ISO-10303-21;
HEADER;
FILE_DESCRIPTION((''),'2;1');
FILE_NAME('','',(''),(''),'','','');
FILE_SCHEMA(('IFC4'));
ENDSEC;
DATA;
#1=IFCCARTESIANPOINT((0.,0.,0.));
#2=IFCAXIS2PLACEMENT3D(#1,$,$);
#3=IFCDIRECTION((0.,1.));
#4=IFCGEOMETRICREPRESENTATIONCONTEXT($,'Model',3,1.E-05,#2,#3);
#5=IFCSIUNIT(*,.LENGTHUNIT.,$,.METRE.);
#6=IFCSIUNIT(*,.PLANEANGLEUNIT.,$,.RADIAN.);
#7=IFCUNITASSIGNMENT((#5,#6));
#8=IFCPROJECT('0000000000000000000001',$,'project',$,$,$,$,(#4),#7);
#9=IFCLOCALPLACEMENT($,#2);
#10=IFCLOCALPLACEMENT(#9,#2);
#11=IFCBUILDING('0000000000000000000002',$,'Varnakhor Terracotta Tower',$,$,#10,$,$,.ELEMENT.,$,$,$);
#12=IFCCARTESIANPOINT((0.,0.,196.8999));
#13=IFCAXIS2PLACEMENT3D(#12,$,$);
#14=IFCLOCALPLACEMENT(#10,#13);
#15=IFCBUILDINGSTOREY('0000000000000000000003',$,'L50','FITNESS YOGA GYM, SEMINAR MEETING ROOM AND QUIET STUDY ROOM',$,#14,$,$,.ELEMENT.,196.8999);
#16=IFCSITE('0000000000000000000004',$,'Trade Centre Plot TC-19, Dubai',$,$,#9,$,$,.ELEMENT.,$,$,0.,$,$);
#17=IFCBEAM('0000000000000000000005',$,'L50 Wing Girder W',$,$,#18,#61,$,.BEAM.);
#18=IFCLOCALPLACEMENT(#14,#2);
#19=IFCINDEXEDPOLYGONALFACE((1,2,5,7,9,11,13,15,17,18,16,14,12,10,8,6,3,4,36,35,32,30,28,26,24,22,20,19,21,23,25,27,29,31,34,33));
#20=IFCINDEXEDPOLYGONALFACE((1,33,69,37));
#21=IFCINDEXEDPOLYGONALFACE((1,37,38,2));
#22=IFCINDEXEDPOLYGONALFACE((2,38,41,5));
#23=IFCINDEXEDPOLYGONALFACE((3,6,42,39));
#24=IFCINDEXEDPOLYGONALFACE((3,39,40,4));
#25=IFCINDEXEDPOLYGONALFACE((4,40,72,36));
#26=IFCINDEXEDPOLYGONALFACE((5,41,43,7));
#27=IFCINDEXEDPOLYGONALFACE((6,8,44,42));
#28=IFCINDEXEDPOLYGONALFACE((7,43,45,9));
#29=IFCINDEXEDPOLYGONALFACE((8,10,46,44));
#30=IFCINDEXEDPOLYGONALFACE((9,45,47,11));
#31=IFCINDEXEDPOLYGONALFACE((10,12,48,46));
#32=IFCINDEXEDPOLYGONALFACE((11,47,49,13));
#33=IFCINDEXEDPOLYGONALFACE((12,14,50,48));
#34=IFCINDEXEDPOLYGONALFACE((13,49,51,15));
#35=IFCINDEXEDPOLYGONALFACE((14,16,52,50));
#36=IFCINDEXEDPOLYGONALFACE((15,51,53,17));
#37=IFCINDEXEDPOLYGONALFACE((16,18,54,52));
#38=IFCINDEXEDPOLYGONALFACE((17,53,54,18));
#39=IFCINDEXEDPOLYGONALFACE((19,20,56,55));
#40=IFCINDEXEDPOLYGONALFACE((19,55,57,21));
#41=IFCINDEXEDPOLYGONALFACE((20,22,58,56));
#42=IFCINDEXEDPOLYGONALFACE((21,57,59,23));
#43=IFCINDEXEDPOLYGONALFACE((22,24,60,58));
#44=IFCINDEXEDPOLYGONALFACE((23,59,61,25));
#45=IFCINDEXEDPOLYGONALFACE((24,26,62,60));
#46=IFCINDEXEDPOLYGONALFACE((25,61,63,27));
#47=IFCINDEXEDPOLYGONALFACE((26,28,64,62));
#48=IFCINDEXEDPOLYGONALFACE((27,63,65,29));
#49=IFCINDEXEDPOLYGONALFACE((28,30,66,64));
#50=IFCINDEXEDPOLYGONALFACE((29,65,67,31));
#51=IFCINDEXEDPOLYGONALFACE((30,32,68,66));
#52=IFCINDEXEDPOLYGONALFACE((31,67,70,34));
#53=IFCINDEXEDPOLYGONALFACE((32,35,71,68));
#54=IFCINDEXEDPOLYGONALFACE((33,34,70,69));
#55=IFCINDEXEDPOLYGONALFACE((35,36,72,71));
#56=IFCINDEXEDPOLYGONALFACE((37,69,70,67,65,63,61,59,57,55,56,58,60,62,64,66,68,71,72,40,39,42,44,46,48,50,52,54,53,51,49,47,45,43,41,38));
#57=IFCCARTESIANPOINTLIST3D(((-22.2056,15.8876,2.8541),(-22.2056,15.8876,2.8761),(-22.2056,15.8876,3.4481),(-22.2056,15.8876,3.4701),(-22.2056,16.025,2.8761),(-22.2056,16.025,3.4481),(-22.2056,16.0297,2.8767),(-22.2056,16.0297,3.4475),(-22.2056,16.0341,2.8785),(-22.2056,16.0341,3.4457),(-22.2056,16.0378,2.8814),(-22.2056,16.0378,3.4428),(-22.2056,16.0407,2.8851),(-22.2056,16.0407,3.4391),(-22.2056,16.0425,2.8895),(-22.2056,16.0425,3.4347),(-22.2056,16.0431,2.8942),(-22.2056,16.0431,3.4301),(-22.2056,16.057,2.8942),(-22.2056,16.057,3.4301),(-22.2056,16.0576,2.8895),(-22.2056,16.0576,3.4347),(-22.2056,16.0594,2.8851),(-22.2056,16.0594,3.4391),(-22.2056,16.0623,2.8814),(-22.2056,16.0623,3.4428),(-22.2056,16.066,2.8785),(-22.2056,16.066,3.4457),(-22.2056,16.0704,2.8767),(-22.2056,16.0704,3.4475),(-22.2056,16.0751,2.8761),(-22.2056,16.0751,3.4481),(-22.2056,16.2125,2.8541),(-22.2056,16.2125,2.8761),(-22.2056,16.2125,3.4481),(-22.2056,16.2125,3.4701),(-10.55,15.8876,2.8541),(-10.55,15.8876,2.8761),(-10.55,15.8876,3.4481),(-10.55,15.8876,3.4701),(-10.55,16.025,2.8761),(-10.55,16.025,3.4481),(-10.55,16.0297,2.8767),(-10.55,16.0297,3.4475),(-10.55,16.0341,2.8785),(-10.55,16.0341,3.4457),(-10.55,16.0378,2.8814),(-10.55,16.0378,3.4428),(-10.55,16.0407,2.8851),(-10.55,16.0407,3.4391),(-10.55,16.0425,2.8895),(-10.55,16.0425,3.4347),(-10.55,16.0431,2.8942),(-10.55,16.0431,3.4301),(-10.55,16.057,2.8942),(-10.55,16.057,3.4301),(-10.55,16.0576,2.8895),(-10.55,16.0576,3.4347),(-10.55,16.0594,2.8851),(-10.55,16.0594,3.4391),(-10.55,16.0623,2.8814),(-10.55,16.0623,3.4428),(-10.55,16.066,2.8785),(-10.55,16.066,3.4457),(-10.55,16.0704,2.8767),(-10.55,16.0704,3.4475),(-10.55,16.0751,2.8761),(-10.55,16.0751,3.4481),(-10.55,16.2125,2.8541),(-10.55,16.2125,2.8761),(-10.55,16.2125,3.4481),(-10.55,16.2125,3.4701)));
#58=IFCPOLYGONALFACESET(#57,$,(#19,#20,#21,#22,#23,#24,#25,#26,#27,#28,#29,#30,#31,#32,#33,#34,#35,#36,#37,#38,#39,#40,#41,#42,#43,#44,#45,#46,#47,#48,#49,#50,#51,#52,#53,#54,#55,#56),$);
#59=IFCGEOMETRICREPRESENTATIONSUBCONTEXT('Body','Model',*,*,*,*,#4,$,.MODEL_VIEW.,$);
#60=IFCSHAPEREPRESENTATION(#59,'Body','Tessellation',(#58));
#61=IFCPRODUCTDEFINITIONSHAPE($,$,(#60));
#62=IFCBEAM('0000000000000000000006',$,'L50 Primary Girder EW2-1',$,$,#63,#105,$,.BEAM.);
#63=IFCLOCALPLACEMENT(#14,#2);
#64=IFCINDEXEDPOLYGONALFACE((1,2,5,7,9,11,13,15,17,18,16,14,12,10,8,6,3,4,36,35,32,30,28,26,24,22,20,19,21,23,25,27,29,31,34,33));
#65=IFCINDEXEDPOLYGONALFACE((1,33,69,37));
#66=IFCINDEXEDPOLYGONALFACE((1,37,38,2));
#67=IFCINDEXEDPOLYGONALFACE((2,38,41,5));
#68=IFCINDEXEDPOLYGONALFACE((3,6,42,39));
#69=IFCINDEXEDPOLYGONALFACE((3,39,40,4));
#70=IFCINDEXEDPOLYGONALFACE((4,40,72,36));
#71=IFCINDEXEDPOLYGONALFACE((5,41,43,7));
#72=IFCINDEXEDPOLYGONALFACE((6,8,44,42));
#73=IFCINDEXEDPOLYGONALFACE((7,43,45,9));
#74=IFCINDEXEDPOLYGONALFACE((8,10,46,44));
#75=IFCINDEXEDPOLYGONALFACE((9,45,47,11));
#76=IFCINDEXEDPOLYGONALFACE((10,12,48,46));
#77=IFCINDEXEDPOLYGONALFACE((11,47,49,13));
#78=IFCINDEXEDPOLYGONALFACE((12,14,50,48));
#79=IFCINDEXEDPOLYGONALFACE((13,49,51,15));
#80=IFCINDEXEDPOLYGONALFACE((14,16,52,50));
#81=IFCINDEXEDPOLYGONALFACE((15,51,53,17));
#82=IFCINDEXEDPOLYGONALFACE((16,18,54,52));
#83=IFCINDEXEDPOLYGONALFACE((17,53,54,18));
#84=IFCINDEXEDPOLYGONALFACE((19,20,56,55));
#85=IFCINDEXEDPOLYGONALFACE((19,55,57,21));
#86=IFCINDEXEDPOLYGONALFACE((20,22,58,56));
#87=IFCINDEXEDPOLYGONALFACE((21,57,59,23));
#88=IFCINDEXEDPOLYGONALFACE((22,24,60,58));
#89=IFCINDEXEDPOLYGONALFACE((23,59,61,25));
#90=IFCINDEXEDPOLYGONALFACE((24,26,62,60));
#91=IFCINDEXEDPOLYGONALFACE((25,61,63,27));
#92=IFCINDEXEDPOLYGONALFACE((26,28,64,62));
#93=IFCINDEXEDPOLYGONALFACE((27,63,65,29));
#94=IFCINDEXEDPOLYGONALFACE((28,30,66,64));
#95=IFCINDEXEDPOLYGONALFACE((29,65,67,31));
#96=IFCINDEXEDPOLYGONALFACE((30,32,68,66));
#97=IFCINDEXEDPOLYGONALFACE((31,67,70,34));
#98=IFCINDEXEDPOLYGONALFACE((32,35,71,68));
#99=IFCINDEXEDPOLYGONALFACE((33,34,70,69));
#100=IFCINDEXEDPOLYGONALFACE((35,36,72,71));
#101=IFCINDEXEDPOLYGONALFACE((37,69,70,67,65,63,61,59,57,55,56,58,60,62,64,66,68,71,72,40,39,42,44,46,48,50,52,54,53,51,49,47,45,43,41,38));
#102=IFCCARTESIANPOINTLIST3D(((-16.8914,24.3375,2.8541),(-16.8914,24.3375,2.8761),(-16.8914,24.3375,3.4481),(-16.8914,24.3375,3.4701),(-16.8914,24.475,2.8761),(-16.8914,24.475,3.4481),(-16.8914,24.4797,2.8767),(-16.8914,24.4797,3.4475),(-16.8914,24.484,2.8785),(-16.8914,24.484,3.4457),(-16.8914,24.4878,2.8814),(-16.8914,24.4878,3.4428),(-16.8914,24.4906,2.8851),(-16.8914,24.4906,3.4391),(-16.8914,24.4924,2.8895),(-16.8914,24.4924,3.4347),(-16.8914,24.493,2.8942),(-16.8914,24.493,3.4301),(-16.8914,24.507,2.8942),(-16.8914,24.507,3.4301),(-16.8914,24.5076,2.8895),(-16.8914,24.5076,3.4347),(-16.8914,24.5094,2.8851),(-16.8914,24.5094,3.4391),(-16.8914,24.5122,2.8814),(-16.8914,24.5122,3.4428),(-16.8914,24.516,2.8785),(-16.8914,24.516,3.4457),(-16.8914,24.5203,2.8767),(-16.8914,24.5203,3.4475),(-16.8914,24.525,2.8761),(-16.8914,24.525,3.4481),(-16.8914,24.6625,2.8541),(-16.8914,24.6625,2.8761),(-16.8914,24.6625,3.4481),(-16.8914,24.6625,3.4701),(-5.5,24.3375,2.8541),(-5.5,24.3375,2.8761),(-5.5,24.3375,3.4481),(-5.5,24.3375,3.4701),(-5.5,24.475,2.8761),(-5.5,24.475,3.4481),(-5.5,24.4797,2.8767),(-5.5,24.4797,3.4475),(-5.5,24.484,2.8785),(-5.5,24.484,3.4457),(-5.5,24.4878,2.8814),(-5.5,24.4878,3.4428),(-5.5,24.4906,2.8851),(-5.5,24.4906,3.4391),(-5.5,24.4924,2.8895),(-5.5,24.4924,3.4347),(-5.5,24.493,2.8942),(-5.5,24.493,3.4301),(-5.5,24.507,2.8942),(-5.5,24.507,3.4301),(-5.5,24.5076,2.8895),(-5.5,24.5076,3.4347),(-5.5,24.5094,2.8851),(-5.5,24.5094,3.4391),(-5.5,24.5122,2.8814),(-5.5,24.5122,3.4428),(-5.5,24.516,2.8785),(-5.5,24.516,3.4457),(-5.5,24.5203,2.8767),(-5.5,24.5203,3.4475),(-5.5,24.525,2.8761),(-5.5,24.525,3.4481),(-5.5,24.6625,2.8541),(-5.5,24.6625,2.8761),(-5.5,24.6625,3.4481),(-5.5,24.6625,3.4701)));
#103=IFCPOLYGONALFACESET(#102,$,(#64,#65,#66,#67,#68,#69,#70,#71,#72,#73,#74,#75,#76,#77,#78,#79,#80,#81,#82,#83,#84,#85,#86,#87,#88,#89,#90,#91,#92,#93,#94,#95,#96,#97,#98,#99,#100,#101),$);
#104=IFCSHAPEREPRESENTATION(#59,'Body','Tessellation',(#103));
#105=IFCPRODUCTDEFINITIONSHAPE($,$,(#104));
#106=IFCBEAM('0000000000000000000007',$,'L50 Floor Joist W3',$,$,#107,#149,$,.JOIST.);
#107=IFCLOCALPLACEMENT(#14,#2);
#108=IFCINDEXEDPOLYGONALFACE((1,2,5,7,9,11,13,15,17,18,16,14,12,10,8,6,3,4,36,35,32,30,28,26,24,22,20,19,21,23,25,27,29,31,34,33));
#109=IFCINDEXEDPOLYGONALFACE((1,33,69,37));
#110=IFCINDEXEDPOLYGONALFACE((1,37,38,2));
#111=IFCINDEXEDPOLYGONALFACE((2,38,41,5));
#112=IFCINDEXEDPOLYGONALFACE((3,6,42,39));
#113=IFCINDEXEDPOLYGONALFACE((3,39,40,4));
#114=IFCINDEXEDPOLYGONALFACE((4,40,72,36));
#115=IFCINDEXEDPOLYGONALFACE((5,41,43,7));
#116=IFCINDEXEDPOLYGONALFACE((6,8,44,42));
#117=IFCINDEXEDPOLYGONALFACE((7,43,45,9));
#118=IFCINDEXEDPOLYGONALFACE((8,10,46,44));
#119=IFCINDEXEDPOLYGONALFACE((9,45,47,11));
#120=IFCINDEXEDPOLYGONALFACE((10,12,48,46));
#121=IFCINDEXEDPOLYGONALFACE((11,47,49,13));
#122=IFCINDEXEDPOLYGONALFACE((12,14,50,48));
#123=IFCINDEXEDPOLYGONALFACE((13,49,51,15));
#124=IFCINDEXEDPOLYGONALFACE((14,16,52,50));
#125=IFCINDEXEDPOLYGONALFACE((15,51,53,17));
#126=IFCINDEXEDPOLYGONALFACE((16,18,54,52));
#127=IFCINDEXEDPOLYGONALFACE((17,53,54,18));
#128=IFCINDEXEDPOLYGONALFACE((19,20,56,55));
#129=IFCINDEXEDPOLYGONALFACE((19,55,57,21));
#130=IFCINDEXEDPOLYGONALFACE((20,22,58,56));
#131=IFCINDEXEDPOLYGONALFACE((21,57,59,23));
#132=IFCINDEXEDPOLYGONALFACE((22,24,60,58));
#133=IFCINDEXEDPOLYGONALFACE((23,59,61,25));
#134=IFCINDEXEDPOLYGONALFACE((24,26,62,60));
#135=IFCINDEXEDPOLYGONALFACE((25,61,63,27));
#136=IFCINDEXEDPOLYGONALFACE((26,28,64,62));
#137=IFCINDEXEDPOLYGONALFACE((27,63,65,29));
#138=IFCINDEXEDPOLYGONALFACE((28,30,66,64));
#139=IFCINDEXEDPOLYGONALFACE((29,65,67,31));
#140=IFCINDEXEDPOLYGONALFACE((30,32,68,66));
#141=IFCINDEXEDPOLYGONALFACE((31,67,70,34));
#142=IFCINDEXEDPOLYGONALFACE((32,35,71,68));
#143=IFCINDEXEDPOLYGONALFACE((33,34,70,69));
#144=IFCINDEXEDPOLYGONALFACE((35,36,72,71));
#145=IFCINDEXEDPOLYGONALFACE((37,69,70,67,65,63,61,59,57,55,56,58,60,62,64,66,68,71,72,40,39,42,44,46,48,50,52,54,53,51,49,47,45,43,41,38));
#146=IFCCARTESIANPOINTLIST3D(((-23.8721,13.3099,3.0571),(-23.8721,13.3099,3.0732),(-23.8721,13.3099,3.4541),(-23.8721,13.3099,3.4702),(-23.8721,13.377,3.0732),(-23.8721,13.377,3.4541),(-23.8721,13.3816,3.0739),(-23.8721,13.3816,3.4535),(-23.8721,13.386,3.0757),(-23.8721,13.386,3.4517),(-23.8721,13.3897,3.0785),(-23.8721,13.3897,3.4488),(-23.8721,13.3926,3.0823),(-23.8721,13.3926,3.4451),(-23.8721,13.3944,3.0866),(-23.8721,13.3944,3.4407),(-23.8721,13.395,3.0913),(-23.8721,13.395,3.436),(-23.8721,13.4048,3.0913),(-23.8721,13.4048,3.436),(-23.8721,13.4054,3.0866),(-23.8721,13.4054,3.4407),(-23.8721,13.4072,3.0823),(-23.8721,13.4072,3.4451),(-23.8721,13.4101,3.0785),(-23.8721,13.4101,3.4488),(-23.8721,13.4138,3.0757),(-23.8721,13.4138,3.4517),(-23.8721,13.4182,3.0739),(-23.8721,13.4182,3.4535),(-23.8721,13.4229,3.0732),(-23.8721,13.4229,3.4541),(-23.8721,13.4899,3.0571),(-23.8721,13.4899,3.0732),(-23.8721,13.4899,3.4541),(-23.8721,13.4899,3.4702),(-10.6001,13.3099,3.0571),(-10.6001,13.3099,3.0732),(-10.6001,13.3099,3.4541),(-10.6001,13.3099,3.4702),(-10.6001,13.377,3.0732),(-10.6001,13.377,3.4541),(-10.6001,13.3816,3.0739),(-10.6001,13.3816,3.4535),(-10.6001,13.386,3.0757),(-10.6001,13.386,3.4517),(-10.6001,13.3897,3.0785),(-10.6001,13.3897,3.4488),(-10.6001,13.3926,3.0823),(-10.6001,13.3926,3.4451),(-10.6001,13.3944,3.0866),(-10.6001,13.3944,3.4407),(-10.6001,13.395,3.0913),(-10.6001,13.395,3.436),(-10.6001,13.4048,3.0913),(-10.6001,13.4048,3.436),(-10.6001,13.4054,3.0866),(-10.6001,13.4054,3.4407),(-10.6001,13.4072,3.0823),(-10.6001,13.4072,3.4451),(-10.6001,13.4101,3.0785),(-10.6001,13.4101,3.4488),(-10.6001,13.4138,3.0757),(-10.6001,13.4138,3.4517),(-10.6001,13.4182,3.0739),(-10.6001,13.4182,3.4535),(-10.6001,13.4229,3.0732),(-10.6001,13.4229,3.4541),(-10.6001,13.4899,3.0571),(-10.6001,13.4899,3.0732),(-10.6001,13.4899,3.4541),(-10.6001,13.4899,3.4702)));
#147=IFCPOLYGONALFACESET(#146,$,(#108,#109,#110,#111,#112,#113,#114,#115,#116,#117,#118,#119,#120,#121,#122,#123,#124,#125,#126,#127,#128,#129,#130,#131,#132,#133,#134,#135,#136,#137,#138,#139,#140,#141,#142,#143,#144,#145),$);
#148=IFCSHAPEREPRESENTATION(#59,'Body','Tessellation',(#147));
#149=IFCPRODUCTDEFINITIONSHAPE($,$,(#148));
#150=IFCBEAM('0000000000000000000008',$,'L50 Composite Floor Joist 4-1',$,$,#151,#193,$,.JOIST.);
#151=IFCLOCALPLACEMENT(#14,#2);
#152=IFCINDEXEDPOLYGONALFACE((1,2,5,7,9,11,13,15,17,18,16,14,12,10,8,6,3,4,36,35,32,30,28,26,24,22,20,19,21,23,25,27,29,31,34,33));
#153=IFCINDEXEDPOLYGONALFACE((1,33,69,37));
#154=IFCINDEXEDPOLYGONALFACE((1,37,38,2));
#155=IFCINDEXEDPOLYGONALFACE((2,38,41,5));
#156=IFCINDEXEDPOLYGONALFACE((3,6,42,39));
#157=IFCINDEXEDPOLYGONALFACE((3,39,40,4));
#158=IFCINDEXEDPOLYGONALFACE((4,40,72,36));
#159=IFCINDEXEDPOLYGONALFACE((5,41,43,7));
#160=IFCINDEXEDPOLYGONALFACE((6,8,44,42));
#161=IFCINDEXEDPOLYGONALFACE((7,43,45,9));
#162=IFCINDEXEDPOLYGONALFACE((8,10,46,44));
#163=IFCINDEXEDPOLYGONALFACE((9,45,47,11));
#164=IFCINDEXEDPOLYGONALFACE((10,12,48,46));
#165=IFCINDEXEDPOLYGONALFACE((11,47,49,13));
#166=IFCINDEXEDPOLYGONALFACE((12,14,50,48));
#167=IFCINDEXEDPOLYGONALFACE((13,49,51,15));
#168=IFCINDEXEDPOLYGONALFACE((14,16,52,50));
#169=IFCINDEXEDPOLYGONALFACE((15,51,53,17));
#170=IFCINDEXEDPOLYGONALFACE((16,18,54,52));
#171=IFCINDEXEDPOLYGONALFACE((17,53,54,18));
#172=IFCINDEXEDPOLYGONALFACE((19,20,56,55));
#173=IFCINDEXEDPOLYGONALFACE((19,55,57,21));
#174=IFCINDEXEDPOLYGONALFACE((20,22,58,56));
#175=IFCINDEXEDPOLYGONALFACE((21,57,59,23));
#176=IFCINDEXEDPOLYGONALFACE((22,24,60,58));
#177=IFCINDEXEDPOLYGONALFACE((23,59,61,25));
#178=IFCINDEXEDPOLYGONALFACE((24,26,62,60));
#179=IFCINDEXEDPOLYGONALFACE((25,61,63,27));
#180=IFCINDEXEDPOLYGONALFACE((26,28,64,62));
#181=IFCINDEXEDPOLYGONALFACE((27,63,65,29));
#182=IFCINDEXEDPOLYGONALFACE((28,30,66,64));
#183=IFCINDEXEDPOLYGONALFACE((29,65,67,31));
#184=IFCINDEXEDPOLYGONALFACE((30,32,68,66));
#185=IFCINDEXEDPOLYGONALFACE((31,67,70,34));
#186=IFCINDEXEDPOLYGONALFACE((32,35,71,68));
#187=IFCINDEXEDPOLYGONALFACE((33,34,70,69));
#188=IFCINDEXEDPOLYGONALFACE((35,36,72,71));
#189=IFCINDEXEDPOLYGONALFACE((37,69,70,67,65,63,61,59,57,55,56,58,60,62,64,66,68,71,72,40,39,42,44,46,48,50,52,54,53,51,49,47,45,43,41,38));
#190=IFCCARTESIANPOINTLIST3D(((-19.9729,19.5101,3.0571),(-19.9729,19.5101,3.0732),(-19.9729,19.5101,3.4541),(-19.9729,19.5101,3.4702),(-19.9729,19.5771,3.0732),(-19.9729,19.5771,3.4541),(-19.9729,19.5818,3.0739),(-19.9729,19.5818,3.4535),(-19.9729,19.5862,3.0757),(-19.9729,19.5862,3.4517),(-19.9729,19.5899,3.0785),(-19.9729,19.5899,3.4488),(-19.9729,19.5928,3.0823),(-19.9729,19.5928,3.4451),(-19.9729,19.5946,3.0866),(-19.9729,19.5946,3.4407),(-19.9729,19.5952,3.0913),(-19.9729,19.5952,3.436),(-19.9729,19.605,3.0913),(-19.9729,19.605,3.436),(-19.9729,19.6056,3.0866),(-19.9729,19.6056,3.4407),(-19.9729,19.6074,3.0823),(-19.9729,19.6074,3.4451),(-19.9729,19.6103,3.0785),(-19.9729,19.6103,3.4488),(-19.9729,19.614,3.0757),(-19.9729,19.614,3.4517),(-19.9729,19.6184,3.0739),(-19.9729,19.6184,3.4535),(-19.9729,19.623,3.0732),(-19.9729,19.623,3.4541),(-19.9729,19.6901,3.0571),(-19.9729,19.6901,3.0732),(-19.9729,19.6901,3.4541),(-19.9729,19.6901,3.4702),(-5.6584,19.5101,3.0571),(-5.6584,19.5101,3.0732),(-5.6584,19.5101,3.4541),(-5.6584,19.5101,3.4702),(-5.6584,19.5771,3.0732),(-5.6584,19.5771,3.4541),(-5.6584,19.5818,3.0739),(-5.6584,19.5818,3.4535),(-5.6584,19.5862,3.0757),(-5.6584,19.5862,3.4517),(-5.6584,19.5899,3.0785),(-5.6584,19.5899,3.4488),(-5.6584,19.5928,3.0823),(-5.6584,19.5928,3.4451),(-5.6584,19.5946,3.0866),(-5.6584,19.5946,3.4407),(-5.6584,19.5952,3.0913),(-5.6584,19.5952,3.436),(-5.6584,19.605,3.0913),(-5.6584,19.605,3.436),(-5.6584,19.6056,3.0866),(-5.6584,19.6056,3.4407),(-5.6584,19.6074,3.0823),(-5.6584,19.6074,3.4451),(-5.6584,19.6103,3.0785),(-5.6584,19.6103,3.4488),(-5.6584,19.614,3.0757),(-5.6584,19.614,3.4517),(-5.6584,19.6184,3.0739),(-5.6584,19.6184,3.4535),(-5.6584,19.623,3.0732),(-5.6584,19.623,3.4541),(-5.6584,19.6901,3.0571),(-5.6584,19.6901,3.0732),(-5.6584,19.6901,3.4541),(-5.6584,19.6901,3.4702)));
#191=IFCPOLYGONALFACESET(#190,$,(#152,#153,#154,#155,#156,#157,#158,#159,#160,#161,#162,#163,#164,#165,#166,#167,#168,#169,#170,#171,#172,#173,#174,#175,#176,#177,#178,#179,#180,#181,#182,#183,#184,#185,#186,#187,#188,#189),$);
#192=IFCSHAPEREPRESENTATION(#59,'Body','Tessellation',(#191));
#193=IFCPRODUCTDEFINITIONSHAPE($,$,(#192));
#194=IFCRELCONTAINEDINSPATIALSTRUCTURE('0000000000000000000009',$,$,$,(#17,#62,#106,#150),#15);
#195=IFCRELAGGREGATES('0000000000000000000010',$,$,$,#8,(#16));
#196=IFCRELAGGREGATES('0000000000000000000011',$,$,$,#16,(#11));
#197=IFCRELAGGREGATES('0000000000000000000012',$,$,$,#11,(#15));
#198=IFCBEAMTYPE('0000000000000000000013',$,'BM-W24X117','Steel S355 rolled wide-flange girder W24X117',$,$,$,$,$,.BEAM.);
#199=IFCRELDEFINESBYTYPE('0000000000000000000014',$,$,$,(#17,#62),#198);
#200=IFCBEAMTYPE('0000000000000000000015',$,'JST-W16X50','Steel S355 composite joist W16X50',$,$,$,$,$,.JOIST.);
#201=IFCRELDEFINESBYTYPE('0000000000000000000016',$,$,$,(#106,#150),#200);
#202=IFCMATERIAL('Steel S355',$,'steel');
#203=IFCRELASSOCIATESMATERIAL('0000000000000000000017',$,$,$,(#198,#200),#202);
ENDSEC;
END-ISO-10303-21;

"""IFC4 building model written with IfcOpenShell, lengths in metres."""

from ifc_helpers import new_model, si_unit, direction, frame, origin, origin_2d, place, context, subcontext, project, spatial, i_section, extrude, source, transform, mapped, material, material_profile, profile_set, type_object, element, save


model = new_model("IFC4")

# Units and contexts
model_context = context("Model", 3, precision=1e-05, world=origin(), true_north=direction((0.0, 1.0)))
body_context = subcontext(model_context, "Body", "Model", "MODEL_VIEW")
ifc_project = project(units=[si_unit("LENGTHUNIT", "METRE"), si_unit("PLANEANGLEUNIT", "RADIAN")], contexts=[model_context])

# Site, building, storey
site_placement = place(None, origin())
site = spatial("IfcSite", under=ifc_project, at=site_placement, Name="Trade Centre Plot TC-19, Dubai", CompositionType="ELEMENT", RefElevation=0.0)
building_placement = place(site_placement, origin())
building = spatial("IfcBuilding", under=site, at=building_placement, Name="Varnakhor Terracotta Tower", CompositionType="ELEMENT")
storey_placement = place(building_placement, frame((0.0, 0.0, 196.8999)))
storey = spatial("IfcBuildingStorey", under=building, at=storey_placement, Name="L50", Description="FITNESS YOGA GYM, SEMINAR MEETING ROOM AND QUIET STUDY ROOM", CompositionType="ELEMENT", Elevation=196.8999)

# Beams
ifc_material_1 = material(Name="Steel S355", Category="steel")
ifc_material_profile_1 = material_profile(ifc_material_1, i_section(OverallWidth=0.325, OverallDepth=0.616, WebThickness=0.0139, FlangeThickness=0.022, FilletRadius=0.0181, at=origin_2d()), Name="W24X117")
ifc_profile_set_1 = profile_set([ifc_material_profile_1], Name="Steel S355")
beam_type_1 = type_object("IfcBeamType", Name="BM-W24X117", Description="Steel S355 rolled wide-flange girder W24X117", PredefinedType="BEAM", material=ifc_profile_set_1)
shared_shape_1 = source(origin(), body_context, "Body", "SweptSolid", [
    extrude(i_section(OverallWidth=0.325, OverallDepth=0.616, WebThickness=0.0139, FlangeThickness=0.022, FilletRadius=0.0181, at=origin_2d()), origin(), (0.0, 0.0, 1.0), 11.6555),
])
beam_1_placement = place(storey_placement, frame((-22.2056, 16.05, 3.1621), z_axis=(1.0, 0.0, 0.0), x_axis=(0.0, 1.0, 0.0)))
element("IfcBeam", 1, at=beam_1_placement, inside=storey, type_object=beam_type_1, Name="L50 Wing Girder W", PredefinedType="BEAM", context=body_context, shape_type="MappedRepresentation", body=[
    mapped(shared_shape_1, transform((0.0, 0.0, 0.0), scale=1.0)),
])
shared_shape_2 = source(origin(), body_context, "Body", "SweptSolid", [
    extrude(i_section(OverallWidth=0.325, OverallDepth=0.616, WebThickness=0.0139, FlangeThickness=0.022, FilletRadius=0.0181, at=origin_2d()), origin(), (0.0, 0.0, 1.0), 11.3914),
])
beam_2_placement = place(storey_placement, frame((-16.8914, 24.5, 3.1621), z_axis=(1.0, 0.0, 0.0), x_axis=(0.0, 1.0, 0.0)))
element("IfcBeam", 2, at=beam_2_placement, inside=storey, type_object=beam_type_1, Name="L50 Primary Girder EW2-1", PredefinedType="BEAM", context=body_context, shape_type="MappedRepresentation", body=[
    mapped(shared_shape_2, transform((0.0, 0.0, 0.0), scale=1.0)),
])
ifc_material_profile_2 = material_profile(ifc_material_1, i_section(OverallWidth=0.1799, OverallDepth=0.4131, WebThickness=0.0098, FlangeThickness=0.0161, FilletRadius=0.0181, at=origin_2d()), Name="W16X50")
ifc_profile_set_2 = profile_set([ifc_material_profile_2], Name="Steel S355")
beam_type_2 = type_object("IfcBeamType", Name="JST-W16X50", Description="Steel S355 composite joist W16X50", PredefinedType="JOIST", material=ifc_profile_set_2)
shared_shape_3 = source(origin(), body_context, "Body", "SweptSolid", [
    extrude(i_section(OverallWidth=0.1799, OverallDepth=0.4131, WebThickness=0.0098, FlangeThickness=0.0161, FilletRadius=0.0181, at=origin_2d()), origin(), (0.0, 0.0, 1.0), 13.272),
])
beam_3_placement = place(storey_placement, frame((-23.8721, 13.3999, 3.2637), z_axis=(1.0, 0.0, 0.0), x_axis=(0.0, 1.0, 0.0)))
element("IfcBeam", 3, at=beam_3_placement, inside=storey, type_object=beam_type_2, Name="L50 Floor Joist W3", PredefinedType="JOIST", context=body_context, shape_type="MappedRepresentation", body=[
    mapped(shared_shape_3, transform((0.0, 0.0, 0.0), scale=1.0)),
])
shared_shape_4 = source(origin(), body_context, "Body", "SweptSolid", [
    extrude(i_section(OverallWidth=0.1799, OverallDepth=0.4131, WebThickness=0.0098, FlangeThickness=0.0161, FilletRadius=0.0181, at=origin_2d()), origin(), (0.0, 0.0, 1.0), 14.3145),
])
beam_4_placement = place(storey_placement, frame((-19.9729, 19.6001, 3.2637), z_axis=(1.0, 0.0, 0.0), x_axis=(0.0, 1.0, 0.0)))
element("IfcBeam", 4, at=beam_4_placement, inside=storey, type_object=beam_type_2, Name="L50 Composite Floor Joist 4-1", PredefinedType="JOIST", context=body_context, shape_type="MappedRepresentation", body=[
    mapped(shared_shape_4, transform((0.0, 0.0, 0.0), scale=1.0)),
])

save(model, "model.ifc")
